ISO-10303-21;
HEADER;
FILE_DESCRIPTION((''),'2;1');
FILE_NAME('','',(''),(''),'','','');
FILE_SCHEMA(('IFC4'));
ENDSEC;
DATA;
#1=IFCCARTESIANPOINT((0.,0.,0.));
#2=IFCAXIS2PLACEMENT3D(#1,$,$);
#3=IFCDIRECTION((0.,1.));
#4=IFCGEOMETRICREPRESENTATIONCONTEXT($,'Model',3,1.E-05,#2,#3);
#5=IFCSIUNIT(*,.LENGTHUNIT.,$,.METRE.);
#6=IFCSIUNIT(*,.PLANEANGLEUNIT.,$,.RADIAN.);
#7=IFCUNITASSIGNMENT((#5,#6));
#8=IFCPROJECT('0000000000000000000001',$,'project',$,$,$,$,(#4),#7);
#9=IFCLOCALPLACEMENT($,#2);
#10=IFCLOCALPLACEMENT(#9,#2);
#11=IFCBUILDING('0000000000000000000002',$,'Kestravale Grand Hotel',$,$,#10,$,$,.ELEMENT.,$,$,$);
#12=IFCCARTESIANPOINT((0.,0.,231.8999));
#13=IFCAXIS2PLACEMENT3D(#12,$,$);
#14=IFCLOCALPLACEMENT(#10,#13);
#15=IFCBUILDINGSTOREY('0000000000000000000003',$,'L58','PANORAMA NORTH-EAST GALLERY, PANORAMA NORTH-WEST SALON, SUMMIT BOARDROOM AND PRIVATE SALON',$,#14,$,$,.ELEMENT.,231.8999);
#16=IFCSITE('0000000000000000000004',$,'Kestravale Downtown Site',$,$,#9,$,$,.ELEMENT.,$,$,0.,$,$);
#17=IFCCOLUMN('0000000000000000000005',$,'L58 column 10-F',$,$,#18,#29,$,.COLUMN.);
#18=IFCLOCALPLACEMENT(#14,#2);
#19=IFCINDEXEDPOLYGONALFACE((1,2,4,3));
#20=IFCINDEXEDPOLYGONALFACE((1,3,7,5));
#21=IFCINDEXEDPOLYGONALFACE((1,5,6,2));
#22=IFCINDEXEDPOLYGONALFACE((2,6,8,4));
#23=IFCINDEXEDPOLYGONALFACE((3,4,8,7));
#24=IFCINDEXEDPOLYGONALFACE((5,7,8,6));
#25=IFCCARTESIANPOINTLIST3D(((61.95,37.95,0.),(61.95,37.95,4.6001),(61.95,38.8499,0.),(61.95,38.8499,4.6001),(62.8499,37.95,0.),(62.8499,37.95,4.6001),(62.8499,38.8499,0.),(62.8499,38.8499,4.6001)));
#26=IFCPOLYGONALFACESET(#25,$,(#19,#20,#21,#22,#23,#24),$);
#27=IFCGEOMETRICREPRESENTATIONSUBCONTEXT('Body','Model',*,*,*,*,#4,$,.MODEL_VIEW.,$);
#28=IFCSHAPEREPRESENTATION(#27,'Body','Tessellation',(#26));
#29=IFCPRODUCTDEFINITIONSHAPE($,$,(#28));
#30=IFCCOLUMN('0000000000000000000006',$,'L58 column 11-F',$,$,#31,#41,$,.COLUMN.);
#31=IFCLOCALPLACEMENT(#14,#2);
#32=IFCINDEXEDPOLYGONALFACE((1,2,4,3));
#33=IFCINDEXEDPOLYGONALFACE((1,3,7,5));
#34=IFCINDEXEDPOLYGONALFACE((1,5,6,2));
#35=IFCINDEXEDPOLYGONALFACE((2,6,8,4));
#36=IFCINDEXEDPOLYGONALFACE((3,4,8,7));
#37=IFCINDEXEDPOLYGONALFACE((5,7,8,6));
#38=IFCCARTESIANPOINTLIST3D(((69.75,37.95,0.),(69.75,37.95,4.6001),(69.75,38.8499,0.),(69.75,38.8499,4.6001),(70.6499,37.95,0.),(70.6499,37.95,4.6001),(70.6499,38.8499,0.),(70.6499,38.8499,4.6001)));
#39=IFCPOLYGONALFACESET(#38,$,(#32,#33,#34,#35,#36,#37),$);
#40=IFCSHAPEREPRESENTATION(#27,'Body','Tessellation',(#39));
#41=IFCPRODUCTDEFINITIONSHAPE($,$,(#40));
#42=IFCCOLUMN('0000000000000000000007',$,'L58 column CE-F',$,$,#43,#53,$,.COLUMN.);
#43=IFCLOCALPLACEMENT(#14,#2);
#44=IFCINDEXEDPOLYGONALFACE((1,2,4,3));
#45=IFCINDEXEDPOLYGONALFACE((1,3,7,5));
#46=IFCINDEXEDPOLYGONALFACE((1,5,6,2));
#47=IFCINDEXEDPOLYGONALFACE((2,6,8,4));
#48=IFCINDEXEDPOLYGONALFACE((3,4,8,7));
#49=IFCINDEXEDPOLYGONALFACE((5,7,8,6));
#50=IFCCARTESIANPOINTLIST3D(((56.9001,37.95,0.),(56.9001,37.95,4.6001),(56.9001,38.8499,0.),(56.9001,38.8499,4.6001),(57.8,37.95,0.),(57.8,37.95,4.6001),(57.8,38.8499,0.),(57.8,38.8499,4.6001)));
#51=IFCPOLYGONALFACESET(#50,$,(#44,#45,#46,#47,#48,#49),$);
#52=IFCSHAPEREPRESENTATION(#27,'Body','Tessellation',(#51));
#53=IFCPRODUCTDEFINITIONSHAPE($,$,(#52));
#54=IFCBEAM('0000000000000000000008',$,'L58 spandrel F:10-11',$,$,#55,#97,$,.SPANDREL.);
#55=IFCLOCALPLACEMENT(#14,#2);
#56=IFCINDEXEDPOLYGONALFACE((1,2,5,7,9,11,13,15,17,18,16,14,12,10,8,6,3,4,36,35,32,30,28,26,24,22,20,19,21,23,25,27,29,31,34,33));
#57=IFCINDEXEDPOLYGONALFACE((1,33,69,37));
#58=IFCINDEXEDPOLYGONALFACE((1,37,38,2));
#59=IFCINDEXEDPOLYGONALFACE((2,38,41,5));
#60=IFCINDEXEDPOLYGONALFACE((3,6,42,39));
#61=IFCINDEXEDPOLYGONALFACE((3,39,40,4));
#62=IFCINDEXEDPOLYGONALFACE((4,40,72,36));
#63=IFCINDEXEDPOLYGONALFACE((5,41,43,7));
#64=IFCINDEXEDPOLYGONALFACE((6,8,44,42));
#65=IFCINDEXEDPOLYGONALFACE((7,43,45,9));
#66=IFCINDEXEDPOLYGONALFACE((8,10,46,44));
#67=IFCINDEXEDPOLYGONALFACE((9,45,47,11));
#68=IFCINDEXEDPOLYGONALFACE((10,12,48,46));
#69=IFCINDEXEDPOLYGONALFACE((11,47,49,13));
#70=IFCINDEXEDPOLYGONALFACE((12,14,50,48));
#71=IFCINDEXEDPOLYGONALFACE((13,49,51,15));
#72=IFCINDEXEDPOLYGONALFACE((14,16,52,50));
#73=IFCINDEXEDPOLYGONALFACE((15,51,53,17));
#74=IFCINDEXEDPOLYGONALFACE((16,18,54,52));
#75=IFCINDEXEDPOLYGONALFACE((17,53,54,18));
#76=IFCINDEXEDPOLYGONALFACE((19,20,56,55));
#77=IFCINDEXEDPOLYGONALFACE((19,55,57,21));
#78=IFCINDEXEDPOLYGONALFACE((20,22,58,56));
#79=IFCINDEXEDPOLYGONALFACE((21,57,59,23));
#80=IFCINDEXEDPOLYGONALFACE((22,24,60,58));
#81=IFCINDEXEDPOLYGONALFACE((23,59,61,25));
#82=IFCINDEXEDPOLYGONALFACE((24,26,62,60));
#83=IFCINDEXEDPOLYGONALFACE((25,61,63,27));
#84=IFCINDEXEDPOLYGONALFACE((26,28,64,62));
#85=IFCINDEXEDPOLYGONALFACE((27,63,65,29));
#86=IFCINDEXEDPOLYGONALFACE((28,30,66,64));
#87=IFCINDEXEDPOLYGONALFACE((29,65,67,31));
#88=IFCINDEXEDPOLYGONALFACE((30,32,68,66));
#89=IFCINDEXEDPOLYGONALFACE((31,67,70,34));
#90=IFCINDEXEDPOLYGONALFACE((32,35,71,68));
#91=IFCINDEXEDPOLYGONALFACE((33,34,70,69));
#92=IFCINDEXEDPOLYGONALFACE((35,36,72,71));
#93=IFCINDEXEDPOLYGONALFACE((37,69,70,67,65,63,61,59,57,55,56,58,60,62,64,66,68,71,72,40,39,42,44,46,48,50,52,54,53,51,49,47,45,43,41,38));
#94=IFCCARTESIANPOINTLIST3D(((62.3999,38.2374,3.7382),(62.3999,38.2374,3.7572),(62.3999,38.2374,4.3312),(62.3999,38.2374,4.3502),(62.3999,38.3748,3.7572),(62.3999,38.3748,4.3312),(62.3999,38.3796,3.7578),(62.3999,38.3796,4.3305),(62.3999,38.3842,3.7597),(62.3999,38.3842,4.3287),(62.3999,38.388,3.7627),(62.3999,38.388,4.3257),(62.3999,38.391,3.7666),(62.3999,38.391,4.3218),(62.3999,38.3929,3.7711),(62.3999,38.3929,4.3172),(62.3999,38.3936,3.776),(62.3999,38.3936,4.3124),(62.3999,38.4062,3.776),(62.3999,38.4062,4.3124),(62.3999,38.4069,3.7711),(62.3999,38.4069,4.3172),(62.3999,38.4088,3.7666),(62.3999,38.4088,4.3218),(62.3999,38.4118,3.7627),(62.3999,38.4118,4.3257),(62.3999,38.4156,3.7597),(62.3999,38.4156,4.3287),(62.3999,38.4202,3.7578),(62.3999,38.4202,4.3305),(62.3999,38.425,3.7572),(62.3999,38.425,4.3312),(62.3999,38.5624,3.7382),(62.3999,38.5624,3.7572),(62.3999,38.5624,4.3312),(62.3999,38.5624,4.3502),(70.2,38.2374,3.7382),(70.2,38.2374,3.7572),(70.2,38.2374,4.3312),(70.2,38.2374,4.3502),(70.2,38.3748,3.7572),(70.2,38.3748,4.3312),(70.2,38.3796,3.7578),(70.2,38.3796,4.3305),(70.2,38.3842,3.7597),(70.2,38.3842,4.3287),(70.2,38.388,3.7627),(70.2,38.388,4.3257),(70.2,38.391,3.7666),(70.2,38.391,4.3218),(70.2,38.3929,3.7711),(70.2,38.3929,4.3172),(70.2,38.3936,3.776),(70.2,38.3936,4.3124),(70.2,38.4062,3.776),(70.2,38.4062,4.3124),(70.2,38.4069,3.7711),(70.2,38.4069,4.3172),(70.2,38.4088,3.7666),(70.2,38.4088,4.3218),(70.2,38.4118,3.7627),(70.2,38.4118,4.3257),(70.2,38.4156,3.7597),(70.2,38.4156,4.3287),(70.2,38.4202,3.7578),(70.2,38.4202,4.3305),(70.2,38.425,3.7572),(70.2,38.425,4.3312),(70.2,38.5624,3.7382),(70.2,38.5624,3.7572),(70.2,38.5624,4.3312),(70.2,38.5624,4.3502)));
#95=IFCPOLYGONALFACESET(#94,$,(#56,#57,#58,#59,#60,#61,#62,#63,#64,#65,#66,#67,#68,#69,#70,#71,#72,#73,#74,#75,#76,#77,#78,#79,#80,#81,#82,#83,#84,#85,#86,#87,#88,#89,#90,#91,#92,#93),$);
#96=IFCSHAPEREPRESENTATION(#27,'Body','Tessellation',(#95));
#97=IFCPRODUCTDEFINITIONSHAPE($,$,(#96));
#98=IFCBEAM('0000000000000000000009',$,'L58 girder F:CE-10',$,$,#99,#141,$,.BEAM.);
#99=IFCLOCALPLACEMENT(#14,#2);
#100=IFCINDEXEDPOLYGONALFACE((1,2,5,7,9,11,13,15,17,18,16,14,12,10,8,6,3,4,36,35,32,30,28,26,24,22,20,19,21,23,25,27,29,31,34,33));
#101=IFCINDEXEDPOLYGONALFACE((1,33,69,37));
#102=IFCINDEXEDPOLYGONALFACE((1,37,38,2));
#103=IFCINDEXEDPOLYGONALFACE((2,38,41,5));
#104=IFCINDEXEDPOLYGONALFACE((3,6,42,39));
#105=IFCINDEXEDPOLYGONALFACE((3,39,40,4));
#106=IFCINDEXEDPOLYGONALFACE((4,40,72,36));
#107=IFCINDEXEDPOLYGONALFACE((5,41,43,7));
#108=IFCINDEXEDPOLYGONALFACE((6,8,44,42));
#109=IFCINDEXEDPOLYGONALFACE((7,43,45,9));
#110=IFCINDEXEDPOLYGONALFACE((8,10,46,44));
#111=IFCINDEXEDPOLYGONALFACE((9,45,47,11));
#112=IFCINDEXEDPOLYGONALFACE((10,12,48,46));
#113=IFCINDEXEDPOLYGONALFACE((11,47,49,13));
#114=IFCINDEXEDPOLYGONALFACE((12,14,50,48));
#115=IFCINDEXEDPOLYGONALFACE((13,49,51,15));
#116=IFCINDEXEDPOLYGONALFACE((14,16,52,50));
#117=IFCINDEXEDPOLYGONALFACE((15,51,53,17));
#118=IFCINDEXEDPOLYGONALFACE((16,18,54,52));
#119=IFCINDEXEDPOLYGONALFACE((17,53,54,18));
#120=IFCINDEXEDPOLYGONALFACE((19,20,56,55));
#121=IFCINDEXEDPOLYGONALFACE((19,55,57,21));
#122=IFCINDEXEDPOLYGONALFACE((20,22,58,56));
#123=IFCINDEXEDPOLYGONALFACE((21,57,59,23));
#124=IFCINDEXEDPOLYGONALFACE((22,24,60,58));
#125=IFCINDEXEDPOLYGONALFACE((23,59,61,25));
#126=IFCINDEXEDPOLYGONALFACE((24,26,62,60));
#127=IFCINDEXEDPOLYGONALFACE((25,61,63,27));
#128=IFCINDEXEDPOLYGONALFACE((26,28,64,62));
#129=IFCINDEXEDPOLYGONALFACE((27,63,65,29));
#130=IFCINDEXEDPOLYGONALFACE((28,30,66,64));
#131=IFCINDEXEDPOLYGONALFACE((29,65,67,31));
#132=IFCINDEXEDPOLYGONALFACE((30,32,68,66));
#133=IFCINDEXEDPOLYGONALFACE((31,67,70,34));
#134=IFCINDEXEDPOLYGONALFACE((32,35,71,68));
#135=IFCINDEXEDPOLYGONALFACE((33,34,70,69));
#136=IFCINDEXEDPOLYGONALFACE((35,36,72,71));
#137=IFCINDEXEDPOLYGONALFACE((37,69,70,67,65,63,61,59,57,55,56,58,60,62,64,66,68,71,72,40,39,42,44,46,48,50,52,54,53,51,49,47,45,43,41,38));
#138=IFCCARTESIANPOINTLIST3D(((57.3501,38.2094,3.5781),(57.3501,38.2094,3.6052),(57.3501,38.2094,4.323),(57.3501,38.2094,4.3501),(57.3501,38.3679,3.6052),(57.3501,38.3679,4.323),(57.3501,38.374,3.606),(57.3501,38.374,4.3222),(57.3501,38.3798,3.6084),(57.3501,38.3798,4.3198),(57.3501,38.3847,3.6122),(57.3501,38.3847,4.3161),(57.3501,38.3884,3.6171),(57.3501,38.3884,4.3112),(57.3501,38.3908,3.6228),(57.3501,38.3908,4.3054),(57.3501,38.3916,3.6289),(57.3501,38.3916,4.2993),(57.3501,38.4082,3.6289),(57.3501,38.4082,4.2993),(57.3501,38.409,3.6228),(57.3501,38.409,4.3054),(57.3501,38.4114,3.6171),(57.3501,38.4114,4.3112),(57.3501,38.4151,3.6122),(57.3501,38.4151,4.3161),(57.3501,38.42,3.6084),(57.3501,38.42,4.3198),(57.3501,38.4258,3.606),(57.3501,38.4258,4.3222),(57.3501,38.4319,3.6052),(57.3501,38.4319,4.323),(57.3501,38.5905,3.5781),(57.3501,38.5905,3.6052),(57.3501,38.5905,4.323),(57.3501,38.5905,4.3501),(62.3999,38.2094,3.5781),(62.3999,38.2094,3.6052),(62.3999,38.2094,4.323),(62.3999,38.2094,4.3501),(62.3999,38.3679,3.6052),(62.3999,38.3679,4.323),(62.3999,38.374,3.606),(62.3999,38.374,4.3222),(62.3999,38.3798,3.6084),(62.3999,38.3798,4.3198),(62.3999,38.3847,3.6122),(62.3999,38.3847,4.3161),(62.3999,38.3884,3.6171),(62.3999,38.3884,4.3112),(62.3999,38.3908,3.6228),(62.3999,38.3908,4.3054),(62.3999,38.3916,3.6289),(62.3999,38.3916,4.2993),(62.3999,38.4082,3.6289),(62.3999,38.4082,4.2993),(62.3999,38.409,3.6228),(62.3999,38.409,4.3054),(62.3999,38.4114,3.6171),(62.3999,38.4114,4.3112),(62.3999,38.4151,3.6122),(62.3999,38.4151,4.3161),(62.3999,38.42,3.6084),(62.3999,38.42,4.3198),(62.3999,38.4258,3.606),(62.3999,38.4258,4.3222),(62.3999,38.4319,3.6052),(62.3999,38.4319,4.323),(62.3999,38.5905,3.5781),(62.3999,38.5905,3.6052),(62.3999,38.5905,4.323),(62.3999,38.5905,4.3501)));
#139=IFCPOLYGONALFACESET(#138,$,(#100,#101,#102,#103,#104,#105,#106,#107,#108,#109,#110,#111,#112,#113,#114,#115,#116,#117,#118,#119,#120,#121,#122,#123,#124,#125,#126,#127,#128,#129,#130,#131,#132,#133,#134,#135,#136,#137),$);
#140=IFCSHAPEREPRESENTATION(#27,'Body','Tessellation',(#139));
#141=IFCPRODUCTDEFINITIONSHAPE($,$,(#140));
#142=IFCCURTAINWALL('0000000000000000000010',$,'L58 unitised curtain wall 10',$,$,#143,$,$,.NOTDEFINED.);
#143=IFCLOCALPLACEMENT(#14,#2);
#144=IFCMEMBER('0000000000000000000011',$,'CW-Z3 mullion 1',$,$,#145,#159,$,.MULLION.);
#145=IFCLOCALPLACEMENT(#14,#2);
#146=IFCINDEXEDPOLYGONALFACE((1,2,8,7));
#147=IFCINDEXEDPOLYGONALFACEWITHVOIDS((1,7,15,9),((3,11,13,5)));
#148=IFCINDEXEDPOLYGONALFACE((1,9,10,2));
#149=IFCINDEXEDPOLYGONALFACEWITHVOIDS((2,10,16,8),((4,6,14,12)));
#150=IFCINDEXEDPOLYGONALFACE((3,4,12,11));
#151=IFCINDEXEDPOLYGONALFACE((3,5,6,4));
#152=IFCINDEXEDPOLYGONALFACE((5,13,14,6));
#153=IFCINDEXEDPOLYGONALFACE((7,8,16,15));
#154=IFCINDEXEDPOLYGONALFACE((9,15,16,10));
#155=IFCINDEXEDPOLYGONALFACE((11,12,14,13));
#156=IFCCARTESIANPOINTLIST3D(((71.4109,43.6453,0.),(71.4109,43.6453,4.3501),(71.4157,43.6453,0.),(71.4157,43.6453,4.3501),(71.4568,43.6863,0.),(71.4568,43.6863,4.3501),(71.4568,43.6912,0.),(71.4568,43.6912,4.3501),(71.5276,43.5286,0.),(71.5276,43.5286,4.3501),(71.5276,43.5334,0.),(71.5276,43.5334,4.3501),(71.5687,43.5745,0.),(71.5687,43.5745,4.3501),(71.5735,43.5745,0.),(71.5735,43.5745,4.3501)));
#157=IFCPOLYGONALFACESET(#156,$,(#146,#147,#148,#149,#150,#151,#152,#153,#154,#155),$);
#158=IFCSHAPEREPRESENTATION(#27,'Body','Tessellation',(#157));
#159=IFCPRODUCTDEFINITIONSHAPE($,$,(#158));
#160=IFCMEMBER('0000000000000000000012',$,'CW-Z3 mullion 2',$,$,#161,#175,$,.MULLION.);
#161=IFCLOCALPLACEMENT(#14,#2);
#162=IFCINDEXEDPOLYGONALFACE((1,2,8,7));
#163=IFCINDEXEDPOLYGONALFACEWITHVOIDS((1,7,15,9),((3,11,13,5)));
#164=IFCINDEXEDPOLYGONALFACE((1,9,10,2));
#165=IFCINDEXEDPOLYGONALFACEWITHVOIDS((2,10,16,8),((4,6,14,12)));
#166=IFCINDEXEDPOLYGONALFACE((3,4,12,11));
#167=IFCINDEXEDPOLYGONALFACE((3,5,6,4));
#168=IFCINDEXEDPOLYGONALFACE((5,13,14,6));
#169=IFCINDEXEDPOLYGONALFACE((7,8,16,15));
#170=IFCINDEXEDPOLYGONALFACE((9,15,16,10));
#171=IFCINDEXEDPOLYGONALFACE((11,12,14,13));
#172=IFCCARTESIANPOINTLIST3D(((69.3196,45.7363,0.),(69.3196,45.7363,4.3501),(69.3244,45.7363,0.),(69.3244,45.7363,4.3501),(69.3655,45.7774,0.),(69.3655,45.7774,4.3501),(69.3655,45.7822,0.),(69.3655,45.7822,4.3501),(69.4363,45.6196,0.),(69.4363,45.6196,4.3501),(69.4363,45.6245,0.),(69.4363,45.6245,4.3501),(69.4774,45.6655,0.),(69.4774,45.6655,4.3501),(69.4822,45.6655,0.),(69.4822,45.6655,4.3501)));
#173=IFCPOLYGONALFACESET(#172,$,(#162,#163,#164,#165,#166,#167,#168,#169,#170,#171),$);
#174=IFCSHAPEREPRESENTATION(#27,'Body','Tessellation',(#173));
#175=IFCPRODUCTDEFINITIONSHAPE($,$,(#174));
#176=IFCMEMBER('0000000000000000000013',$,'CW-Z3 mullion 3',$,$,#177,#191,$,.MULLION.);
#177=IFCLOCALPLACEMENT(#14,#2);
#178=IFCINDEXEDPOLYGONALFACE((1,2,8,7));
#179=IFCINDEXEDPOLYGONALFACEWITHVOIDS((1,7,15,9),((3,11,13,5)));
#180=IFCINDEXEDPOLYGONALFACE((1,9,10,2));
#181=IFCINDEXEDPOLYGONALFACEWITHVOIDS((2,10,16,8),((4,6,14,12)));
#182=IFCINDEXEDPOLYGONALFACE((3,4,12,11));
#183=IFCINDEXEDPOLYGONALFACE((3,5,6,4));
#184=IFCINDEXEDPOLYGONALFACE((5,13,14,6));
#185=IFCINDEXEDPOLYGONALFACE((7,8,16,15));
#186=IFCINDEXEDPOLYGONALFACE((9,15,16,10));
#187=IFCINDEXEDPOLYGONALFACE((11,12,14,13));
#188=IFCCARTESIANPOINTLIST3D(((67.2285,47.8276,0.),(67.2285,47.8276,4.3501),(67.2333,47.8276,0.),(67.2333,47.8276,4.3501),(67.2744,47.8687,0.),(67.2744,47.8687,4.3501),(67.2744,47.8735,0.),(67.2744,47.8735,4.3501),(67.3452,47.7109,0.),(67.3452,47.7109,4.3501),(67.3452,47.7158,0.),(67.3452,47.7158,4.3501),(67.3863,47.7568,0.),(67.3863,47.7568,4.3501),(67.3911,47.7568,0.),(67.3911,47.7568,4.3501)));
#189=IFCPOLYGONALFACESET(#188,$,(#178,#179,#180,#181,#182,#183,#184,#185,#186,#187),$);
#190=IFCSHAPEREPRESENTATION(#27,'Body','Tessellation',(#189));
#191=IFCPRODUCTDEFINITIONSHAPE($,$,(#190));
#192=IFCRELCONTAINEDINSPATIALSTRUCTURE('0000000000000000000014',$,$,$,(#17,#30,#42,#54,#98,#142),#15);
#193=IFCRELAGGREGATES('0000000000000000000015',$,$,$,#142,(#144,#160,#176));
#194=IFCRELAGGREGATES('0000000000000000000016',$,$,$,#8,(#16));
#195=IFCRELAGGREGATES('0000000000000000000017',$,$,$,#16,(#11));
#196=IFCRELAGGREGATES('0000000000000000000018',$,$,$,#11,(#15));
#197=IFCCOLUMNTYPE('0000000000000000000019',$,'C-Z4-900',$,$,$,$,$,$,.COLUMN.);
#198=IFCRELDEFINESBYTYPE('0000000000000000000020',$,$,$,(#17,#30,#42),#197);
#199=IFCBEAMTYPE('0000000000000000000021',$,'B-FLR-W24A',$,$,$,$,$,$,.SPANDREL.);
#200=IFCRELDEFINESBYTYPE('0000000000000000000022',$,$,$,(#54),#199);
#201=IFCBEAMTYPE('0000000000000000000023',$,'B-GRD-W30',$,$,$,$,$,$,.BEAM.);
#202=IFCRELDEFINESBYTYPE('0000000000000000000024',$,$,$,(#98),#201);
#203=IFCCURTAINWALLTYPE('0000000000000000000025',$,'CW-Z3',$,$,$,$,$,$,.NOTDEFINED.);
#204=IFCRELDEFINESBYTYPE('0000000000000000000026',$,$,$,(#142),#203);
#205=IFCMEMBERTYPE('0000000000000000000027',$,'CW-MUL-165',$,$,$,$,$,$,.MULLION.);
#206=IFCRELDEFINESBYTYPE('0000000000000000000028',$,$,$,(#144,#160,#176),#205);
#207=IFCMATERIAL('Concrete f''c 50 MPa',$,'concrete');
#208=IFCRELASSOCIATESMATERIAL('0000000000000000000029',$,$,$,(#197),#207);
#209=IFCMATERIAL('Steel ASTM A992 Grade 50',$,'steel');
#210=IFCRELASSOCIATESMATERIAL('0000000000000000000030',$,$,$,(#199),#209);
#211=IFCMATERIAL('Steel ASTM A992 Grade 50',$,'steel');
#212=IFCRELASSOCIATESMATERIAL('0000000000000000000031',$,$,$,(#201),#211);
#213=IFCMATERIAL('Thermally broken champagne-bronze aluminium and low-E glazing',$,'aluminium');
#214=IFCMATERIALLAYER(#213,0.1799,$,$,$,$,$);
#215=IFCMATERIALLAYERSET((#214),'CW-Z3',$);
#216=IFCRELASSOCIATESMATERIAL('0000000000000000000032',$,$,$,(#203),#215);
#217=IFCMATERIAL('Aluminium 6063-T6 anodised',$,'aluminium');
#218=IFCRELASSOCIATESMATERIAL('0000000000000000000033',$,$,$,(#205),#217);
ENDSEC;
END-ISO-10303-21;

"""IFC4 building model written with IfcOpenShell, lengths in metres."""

from ifc_helpers import new_model, si_unit, direction, frame, origin, origin_2d, place, context, subcontext, project, spatial, rectangle, hollow_rectangle, i_section, extrude, material, layer, layer_set, material_profile, profile_set, type_object, element, aggregate, save


model = new_model("IFC4")

# Units and contexts
model_context = context("Model", 3, precision=1e-05, world=origin(), true_north=direction((0.0, 1.0)))
body_context = subcontext(model_context, "Body", "Model", "MODEL_VIEW")
ifc_project = project(units=[si_unit("LENGTHUNIT", "METRE"), si_unit("PLANEANGLEUNIT", "RADIAN")], contexts=[model_context])

# Site, building, storey
site_placement = place(None, origin())
site = spatial("IfcSite", under=ifc_project, at=site_placement, Name="Kestravale Downtown Site", CompositionType="ELEMENT", RefElevation=0.0)
building_placement = place(site_placement, origin())
building = spatial("IfcBuilding", under=site, at=building_placement, Name="Kestravale Grand Hotel", CompositionType="ELEMENT")
storey_placement = place(building_placement, frame((0.0, 0.0, 231.8999)))
storey = spatial("IfcBuildingStorey", under=building, at=storey_placement, Name="L58", Description="PANORAMA NORTH-EAST GALLERY, PANORAMA NORTH-WEST SALON, SUMMIT BOARDROOM AND PRIVATE SALON", CompositionType="ELEMENT", Elevation=231.8999)

# Columns
ifc_material_1 = material(Name="Concrete f'c 50 MPa", Category="concrete")
ifc_material_profile_1 = material_profile(ifc_material_1, rectangle(XDim=0.8999, YDim=0.8999, at=origin_2d()))
ifc_profile_set_1 = profile_set([ifc_material_profile_1], Name="Concrete f'c 50 MPa")
column_type = type_object("IfcColumnType", Name="C-Z4-900", PredefinedType="COLUMN", material=ifc_profile_set_1)
for number, where, z_axis, x_axis, name in (
    (1, (62.3999, 38.3999, 0.0), (0.0, 0.0, 1.0), (1.0, 0.0, 0.0), "L58 column 10-F"),
    (2, (70.2, 38.3999, 0.0), (0.0, 0.0, 1.0), (1.0, 0.0, 0.0), "L58 column 11-F"),
    (3, (57.3501, 38.3999, 0.0), (0.0, 0.0, 1.0), (1.0, 0.0, 0.0), "L58 column CE-F"),
):
    element("IfcColumn", number, at=place(storey_placement, frame(where, z_axis=z_axis, x_axis=x_axis)), inside=storey, type_object=column_type, Name=name, PredefinedType="COLUMN", context=body_context, shape_type="SweptSolid", body=[
        extrude(rectangle(XDim=0.8999, YDim=0.8999, at=origin_2d()), origin(), (0.0, 0.0, 1.0), 4.6001),
    ])

# Beams
ifc_material_2 = material(Name="Steel ASTM A992 Grade 50", Category="steel")
ifc_material_profile_2 = material_profile(ifc_material_2, i_section(OverallWidth=0.325, OverallDepth=0.6121, WebThickness=0.0127, FlangeThickness=0.019, FilletRadius=0.0188, at=origin_2d()))
ifc_profile_set_2 = profile_set([ifc_material_profile_2], Name="Steel ASTM A992 Grade 50")
beam_type_1 = type_object("IfcBeamType", Name="B-FLR-W24A", PredefinedType="SPANDREL", material=ifc_profile_set_2)
beam_1_placement = place(storey_placement, frame((62.3999, 38.3999, 4.0442), z_axis=(1.0, 0.0, 0.0), x_axis=(0.0, 1.0, 0.0)))
element("IfcBeam", 4, at=beam_1_placement, inside=storey, type_object=beam_type_1, Name="L58 spandrel F:10-11", PredefinedType="SPANDREL", context=body_context, shape_type="SweptSolid", body=[
    extrude(i_section(OverallWidth=0.325, OverallDepth=0.6121, WebThickness=0.0127, FlangeThickness=0.019, FilletRadius=0.0188, at=origin_2d()), origin(), (0.0, 0.0, 1.0), 7.8),
])
ifc_material_3 = material(Name="Steel ASTM A992 Grade 50", Category="steel")
ifc_material_profile_3 = material_profile(ifc_material_3, i_section(OverallWidth=0.3811, OverallDepth=0.772, WebThickness=0.0166, FlangeThickness=0.0271, FilletRadius=0.0237, at=origin_2d()))
ifc_profile_set_3 = profile_set([ifc_material_profile_3], Name="Steel ASTM A992 Grade 50")
beam_type_2 = type_object("IfcBeamType", Name="B-GRD-W30", PredefinedType="BEAM", material=ifc_profile_set_3)
beam_2_placement = place(storey_placement, frame((57.3501, 38.3999, 3.9641), z_axis=(1.0, 0.0, 0.0), x_axis=(0.0, 1.0, 0.0)))
element("IfcBeam", 5, at=beam_2_placement, inside=storey, type_object=beam_type_2, Name="L58 girder F:CE-10", PredefinedType="BEAM", context=body_context, shape_type="SweptSolid", body=[
    extrude(i_section(OverallWidth=0.3811, OverallDepth=0.772, WebThickness=0.0166, FlangeThickness=0.0271, FilletRadius=0.0237, at=origin_2d()), origin(), (0.0, 0.0, 1.0), 5.0498),
])

# Curtain wall, members
ifc_material_4 = material(Name="Thermally broken champagne-bronze aluminium and low-E glazing", Category="aluminium")
ifc_layer_1 = layer(ifc_material_4, 0.1799)
ifc_layer_set_1 = layer_set([ifc_layer_1], Name="CW-Z3")
curtain_wall_type = type_object("IfcCurtainWallType", Name="CW-Z3", PredefinedType="NOTDEFINED", material=ifc_layer_set_1)
curtain_wall_placement = place(storey_placement, origin())
curtain_wall = element("IfcCurtainWall", 6, at=curtain_wall_placement, inside=storey, type_object=curtain_wall_type, Name="L58 unitised curtain wall 10", PredefinedType="NOTDEFINED")
ifc_material_5 = material(Name="Aluminium 6063-T6 anodised", Category="aluminium")
ifc_material_profile_4 = material_profile(ifc_material_5, hollow_rectangle(XDim=0.0649, YDim=0.165, WallThickness=0.0034, at=origin_2d()))
ifc_profile_set_4 = profile_set([ifc_material_profile_4], Name="Aluminium 6063-T6 anodised")
member_type_1 = type_object("IfcMemberType", Name="CW-MUL-165", PredefinedType="MULLION", material=ifc_profile_set_4)
member_1_placement = place(storey_placement, frame((71.4922, 43.6099, 0.0), z_axis=(0.0, 0.0, 1.0), x_axis=(-0.707107, -0.707107, 0.0)))
member_1 = element("IfcMember", 7, at=member_1_placement, type_object=member_type_1, Name="CW-Z3 mullion 1", PredefinedType="MULLION", context=body_context, shape_type="SweptSolid", body=[
    extrude(hollow_rectangle(XDim=0.0649, YDim=0.165, WallThickness=0.0034, at=origin_2d()), origin(), (0.0, 0.0, 1.0), 4.3501),
])
member_2_placement = place(storey_placement, frame((69.4009, 45.7009, 0.0), z_axis=(0.0, 0.0, 1.0), x_axis=(-0.707107, -0.707107, 0.0)))
member_2 = element("IfcMember", 8, at=member_2_placement, type_object=member_type_1, Name="CW-Z3 mullion 2", PredefinedType="MULLION", context=body_context, shape_type="SweptSolid", body=[
    extrude(hollow_rectangle(XDim=0.0649, YDim=0.165, WallThickness=0.0034, at=origin_2d()), origin(), (0.0, 0.0, 1.0), 4.3501),
])
member_3_placement = place(storey_placement, frame((67.3098, 47.7922, 0.0), z_axis=(0.0, 0.0, 1.0), x_axis=(-0.707107, -0.707107, 0.0)))
member_3 = element("IfcMember", 9, at=member_3_placement, type_object=member_type_1, Name="CW-Z3 mullion 3", PredefinedType="MULLION", context=body_context, shape_type="SweptSolid", body=[
    extrude(hollow_rectangle(XDim=0.0649, YDim=0.165, WallThickness=0.0034, at=origin_2d()), origin(), (0.0, 0.0, 1.0), 4.3501),
])
aggregate(curtain_wall, [member_1, member_2, member_3])

save(model, "model.ifc")
